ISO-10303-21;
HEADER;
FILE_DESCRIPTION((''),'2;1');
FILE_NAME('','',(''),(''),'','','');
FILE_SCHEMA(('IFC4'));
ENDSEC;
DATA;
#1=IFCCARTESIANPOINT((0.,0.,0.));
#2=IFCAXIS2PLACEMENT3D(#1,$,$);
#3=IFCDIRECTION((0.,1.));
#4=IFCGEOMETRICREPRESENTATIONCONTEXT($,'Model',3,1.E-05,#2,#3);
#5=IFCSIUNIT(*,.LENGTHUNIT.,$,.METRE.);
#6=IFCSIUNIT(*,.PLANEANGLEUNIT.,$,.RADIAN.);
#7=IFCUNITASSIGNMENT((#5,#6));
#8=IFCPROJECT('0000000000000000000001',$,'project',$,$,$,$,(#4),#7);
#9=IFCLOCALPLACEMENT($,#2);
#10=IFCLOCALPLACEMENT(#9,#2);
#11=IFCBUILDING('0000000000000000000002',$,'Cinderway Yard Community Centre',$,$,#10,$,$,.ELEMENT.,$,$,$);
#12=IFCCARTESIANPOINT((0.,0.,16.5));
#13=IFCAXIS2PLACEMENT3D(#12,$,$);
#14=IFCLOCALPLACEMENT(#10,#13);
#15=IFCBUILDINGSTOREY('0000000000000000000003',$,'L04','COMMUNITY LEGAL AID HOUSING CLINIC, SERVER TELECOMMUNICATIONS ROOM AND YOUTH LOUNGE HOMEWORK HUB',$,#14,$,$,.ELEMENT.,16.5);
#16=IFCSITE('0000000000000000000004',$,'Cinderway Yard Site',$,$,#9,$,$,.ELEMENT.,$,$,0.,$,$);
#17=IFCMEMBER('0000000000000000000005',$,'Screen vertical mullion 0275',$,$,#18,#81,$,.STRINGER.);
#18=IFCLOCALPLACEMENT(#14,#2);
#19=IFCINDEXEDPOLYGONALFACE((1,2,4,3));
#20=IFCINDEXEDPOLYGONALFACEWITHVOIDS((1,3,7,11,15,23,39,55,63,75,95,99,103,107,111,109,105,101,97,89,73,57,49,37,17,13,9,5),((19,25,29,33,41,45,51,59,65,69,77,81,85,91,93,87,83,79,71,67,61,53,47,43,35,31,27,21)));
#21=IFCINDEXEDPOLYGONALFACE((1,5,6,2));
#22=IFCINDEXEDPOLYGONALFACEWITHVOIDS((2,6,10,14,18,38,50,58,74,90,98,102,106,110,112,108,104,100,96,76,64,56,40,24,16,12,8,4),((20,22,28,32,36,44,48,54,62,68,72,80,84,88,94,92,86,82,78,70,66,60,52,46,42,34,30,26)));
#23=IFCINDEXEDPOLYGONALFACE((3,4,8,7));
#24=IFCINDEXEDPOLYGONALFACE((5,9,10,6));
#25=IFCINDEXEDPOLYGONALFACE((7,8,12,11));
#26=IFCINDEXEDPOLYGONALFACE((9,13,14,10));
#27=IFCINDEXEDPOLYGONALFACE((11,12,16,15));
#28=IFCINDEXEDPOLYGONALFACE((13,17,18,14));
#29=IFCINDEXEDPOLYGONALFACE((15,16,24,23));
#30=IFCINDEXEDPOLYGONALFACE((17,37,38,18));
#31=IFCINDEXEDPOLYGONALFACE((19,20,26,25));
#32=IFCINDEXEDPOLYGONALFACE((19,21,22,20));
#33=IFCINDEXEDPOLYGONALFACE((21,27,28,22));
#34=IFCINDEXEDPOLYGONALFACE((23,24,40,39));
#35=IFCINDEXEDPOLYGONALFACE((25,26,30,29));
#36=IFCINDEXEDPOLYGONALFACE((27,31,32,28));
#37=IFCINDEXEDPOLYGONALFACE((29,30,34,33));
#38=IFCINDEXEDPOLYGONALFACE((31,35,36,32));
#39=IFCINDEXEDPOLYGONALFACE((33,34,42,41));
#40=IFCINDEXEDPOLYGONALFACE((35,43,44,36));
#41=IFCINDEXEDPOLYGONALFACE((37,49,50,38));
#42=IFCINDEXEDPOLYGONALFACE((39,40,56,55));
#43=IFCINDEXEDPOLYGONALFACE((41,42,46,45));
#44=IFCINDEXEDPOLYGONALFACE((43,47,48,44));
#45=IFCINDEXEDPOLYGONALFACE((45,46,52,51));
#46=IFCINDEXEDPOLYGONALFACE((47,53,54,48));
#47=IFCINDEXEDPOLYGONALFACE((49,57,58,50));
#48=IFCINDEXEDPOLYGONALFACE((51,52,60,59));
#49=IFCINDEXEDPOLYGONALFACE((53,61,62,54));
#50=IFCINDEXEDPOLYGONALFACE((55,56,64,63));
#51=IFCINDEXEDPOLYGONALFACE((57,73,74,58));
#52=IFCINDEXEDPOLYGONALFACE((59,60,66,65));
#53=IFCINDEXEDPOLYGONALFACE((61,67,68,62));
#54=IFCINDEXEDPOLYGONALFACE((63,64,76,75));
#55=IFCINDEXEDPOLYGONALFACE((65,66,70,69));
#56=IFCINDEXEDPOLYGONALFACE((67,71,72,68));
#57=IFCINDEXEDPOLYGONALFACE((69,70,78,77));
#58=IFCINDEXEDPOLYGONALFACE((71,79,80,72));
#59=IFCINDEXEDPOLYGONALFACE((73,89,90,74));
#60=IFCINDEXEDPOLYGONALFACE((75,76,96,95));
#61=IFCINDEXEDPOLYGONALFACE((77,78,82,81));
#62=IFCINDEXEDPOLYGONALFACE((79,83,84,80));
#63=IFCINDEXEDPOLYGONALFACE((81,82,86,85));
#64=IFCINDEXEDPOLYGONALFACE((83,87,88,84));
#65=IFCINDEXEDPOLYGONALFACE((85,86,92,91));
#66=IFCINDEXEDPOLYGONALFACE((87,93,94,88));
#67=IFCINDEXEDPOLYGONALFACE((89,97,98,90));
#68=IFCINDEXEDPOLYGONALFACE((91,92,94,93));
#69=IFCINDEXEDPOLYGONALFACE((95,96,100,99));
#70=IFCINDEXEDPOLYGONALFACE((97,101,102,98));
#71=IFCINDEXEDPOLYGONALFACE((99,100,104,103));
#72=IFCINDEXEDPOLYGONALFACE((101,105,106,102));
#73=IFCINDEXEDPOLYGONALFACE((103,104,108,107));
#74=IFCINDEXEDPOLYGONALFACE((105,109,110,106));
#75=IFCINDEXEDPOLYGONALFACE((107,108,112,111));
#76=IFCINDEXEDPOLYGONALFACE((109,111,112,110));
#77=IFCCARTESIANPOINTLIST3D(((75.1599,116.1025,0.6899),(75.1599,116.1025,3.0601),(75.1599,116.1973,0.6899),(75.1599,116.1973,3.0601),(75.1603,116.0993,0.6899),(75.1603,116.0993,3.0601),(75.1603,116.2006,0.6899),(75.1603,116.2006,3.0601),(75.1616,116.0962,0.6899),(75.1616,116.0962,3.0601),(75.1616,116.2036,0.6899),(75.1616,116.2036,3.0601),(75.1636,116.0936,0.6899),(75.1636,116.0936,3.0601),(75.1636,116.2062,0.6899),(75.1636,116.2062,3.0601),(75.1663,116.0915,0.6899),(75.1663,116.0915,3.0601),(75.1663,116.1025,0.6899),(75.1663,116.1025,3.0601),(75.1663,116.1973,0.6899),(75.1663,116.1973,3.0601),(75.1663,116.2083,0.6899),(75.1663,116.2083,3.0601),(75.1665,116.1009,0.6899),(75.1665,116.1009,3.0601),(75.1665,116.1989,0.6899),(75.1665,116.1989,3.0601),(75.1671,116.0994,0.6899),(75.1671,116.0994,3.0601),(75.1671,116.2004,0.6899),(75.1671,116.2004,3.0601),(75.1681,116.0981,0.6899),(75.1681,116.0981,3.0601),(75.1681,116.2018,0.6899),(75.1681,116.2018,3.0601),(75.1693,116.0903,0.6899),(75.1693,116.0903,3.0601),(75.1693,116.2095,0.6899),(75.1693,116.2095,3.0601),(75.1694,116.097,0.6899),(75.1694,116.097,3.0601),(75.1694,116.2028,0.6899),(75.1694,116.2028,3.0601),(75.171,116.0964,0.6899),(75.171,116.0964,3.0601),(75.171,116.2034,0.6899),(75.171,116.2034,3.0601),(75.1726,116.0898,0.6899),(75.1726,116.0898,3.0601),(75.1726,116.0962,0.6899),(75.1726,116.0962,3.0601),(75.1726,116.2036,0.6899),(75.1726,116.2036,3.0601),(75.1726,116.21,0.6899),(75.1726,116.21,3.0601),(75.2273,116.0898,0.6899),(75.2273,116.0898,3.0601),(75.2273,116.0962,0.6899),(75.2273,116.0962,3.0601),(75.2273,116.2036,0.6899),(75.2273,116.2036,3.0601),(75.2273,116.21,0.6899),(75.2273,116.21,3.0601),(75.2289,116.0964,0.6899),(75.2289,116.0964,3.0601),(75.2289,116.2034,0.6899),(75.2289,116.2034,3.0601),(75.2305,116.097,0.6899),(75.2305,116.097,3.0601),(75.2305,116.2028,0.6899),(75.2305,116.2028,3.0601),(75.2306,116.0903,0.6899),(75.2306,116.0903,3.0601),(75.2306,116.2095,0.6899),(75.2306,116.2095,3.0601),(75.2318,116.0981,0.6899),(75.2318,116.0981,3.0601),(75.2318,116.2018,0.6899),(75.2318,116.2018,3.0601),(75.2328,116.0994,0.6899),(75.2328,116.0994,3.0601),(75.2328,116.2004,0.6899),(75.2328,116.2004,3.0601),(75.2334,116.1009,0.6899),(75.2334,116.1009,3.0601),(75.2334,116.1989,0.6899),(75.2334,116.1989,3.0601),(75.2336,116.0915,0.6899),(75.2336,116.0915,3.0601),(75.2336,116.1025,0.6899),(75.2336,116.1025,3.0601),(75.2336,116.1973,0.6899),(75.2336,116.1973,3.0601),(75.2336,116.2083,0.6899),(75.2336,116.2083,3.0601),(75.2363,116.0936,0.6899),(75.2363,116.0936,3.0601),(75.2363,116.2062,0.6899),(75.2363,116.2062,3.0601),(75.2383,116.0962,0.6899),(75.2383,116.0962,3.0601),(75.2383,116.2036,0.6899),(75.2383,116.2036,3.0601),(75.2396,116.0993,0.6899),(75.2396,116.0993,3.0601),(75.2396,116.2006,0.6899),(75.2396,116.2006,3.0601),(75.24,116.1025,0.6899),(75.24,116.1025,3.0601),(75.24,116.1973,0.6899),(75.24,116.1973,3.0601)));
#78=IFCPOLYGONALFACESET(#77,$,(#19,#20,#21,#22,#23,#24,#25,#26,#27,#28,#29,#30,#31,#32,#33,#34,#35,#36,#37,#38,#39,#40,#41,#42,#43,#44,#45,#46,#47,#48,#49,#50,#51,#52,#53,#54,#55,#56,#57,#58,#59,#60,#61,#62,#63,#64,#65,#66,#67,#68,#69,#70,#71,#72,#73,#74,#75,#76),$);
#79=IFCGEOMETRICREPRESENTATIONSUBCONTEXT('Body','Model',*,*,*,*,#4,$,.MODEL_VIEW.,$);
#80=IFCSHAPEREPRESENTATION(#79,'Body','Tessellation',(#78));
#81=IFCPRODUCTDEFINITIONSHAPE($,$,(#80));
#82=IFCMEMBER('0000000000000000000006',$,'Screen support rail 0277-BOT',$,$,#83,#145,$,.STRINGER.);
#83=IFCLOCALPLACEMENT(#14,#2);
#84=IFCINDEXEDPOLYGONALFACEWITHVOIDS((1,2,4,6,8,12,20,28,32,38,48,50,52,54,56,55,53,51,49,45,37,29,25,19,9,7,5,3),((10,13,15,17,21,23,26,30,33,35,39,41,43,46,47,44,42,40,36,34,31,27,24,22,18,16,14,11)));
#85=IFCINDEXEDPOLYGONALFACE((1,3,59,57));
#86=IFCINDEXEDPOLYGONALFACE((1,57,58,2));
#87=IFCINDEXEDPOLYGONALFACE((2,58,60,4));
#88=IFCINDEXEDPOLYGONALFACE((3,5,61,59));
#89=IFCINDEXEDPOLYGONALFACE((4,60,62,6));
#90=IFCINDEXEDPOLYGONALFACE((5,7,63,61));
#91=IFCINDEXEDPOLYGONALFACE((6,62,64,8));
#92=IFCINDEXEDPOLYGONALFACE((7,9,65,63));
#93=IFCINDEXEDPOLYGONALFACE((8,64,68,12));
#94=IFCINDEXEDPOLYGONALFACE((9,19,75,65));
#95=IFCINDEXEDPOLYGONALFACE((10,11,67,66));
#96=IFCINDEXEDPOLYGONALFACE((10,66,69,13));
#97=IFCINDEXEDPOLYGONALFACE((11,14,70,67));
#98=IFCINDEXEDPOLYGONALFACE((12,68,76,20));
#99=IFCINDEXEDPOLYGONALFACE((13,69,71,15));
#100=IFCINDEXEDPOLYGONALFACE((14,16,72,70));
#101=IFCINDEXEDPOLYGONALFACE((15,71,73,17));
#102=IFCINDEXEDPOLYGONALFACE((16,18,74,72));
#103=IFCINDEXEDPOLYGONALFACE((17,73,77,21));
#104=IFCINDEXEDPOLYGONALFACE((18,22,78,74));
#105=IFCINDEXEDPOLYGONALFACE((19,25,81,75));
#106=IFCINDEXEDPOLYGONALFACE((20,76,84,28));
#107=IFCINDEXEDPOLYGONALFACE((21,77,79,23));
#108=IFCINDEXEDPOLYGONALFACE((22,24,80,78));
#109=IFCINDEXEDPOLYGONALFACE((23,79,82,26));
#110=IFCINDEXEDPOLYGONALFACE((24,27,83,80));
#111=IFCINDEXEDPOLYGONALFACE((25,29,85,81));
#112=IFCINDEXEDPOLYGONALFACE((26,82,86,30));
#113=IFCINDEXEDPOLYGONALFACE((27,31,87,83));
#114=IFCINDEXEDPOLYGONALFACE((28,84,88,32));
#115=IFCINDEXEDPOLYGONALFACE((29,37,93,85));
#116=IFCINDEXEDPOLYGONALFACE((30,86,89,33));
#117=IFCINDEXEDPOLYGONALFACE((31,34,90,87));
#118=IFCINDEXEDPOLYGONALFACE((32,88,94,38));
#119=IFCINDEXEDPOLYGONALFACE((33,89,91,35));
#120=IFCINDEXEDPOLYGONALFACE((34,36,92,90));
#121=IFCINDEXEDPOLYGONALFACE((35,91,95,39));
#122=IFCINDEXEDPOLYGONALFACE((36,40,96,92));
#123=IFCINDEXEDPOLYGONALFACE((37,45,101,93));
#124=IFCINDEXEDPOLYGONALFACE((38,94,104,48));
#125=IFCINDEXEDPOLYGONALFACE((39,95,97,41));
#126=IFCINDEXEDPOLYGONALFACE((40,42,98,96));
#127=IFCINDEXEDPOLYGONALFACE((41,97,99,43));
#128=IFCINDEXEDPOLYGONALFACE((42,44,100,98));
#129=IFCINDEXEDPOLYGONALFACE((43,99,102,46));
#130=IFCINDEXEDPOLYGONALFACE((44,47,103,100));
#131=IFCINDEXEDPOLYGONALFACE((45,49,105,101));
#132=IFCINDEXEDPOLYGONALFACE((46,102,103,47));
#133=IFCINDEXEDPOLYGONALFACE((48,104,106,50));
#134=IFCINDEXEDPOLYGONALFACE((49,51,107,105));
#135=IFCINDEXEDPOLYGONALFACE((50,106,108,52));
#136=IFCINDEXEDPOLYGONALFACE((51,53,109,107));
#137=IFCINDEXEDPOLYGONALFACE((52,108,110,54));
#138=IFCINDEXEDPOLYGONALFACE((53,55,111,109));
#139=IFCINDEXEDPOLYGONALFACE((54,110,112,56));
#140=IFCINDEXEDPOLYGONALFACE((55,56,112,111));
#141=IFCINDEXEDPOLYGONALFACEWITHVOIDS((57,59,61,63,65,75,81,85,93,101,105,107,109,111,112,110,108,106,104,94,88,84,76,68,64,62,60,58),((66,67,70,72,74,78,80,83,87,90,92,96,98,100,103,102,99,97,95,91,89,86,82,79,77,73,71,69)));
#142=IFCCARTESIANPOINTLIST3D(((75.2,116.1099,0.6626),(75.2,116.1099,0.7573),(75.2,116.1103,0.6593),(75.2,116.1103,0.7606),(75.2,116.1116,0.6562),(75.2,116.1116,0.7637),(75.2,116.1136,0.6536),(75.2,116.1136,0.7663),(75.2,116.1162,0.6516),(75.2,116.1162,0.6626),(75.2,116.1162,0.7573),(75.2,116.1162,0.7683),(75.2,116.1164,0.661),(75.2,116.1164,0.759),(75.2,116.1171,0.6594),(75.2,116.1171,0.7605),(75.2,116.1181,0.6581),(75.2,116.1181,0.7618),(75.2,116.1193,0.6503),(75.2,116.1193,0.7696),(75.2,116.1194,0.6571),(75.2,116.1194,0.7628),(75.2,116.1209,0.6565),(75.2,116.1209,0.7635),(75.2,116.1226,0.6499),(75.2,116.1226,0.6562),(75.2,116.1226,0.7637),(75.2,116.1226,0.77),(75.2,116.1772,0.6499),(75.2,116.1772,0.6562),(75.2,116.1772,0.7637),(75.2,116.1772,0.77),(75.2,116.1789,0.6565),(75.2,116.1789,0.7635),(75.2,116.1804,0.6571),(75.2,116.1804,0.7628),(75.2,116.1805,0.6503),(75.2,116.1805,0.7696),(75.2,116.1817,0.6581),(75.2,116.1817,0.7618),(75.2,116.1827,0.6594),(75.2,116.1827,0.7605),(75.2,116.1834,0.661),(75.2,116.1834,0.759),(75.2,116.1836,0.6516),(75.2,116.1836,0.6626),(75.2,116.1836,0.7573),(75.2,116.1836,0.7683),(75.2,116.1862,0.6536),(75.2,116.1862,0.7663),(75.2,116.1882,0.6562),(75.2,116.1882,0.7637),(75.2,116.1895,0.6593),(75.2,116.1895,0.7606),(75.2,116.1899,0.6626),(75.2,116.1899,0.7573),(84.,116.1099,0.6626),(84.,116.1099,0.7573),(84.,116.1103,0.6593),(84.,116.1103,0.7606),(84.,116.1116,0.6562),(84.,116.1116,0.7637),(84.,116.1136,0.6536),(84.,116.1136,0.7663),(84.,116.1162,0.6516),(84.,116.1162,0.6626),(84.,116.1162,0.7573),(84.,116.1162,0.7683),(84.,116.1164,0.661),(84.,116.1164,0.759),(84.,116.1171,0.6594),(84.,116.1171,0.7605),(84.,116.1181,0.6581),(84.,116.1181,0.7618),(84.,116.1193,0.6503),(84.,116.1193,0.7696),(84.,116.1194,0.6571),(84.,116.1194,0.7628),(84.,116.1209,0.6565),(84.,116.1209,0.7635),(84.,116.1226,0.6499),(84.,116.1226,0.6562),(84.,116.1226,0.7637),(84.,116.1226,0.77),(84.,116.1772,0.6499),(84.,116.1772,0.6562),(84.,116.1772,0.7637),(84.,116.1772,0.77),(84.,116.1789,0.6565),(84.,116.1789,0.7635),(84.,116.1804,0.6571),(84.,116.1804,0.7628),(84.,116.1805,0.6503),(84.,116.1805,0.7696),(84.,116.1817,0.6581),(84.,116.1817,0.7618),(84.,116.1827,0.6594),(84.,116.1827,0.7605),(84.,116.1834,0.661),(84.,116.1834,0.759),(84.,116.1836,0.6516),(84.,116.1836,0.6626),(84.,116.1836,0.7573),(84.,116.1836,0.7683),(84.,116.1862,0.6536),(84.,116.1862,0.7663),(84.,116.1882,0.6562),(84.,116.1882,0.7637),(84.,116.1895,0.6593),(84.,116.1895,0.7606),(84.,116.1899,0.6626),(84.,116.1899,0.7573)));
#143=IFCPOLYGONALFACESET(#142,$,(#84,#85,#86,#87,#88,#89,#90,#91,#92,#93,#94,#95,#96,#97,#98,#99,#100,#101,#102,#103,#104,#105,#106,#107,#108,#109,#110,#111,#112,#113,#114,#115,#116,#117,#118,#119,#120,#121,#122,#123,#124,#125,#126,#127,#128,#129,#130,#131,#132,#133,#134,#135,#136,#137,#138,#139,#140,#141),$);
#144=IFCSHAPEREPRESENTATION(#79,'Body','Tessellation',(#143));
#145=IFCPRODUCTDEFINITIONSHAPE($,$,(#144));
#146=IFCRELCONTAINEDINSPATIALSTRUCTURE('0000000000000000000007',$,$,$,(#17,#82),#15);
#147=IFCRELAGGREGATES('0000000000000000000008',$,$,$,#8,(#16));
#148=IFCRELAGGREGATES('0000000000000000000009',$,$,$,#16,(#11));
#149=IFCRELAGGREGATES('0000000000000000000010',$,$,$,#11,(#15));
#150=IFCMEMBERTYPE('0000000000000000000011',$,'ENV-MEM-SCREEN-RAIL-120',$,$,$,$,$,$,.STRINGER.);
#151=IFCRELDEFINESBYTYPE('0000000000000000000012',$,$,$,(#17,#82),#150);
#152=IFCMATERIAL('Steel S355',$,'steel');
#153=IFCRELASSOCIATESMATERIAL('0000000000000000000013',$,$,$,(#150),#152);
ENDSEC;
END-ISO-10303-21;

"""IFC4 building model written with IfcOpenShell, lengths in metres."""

from ifc_helpers import new_model, si_unit, direction, frame, origin, origin_2d, place, context, subcontext, project, spatial, hollow_rectangle, extrude, material, material_profile, profile_set, type_object, element, save


model = new_model("IFC4")

# Units and contexts
model_context = context("Model", 3, precision=1e-05, world=origin(), true_north=direction((0.0, 1.0)))
body_context = subcontext(model_context, "Body", "Model", "MODEL_VIEW")
ifc_project = project(units=[si_unit("LENGTHUNIT", "METRE"), si_unit("PLANEANGLEUNIT", "RADIAN")], contexts=[model_context])

# Site, building, storey
site_placement = place(None, origin())
site = spatial("IfcSite", under=ifc_project, at=site_placement, Name="Cinderway Yard Site", CompositionType="ELEMENT", RefElevation=0.0)
building_placement = place(site_placement, origin())
building = spatial("IfcBuilding", under=site, at=building_placement, Name="Cinderway Yard Community Centre", CompositionType="ELEMENT")
storey_placement = place(building_placement, frame((0.0, 0.0, 16.5)))
storey = spatial("IfcBuildingStorey", under=building, at=storey_placement, Name="L04", Description="COMMUNITY LEGAL AID HOUSING CLINIC, SERVER TELECOMMUNICATIONS ROOM AND YOUTH LOUNGE HOMEWORK HUB", CompositionType="ELEMENT", Elevation=16.5)

# Members
ifc_material_1 = material(Name="Steel S355", Category="steel")
ifc_material_profile_1 = material_profile(ifc_material_1, hollow_rectangle(XDim=0.0801, YDim=0.1201, WallThickness=0.0063, InnerFilletRadius=0.0063, OuterFilletRadius=0.0127, at=origin_2d()), Name="Steel S355")
ifc_profile_set_1 = profile_set([ifc_material_profile_1], Name="Steel S355")
member_type_1 = type_object("IfcMemberType", Name="ENV-MEM-SCREEN-RAIL-120", PredefinedType="STRINGER", material=ifc_profile_set_1)
for number, where, z_axis, x_axis, name in (
    (1, (75.2, 116.1499, 0.6899), (0.0, 0.0, 1.0), (1.0, 0.0, 0.0), "Screen vertical mullion 0275"),
):
    element("IfcMember", number, at=place(storey_placement, frame(where, z_axis=z_axis, x_axis=x_axis)), inside=storey, type_object=member_type_1, Name=name, PredefinedType="STRINGER", context=body_context, shape_type="SweptSolid", body=[
        extrude(hollow_rectangle(XDim=0.0801, YDim=0.1201, WallThickness=0.0063, InnerFilletRadius=0.0063, OuterFilletRadius=0.0127, at=origin_2d()), origin(), (0.0, 0.0, 1.0), 2.3701),
    ])
for number, where, z_axis, x_axis, name in (
    (2, (75.2, 116.1499, 0.71), (1.0, 0.0, 0.0), (0.0, 1.0, 0.0), "Screen support rail 0277-BOT"),
):
    element("IfcMember", number, at=place(storey_placement, frame(where, z_axis=z_axis, x_axis=x_axis)), inside=storey, type_object=member_type_1, Name=name, PredefinedType="STRINGER", context=body_context, shape_type="SweptSolid", body=[
        extrude(hollow_rectangle(XDim=0.0801, YDim=0.1201, WallThickness=0.0063, InnerFilletRadius=0.0063, OuterFilletRadius=0.0127, at=origin_2d()), origin(), (0.0, 0.0, 1.0), 8.8),
    ])

save(model, "model.ifc")
